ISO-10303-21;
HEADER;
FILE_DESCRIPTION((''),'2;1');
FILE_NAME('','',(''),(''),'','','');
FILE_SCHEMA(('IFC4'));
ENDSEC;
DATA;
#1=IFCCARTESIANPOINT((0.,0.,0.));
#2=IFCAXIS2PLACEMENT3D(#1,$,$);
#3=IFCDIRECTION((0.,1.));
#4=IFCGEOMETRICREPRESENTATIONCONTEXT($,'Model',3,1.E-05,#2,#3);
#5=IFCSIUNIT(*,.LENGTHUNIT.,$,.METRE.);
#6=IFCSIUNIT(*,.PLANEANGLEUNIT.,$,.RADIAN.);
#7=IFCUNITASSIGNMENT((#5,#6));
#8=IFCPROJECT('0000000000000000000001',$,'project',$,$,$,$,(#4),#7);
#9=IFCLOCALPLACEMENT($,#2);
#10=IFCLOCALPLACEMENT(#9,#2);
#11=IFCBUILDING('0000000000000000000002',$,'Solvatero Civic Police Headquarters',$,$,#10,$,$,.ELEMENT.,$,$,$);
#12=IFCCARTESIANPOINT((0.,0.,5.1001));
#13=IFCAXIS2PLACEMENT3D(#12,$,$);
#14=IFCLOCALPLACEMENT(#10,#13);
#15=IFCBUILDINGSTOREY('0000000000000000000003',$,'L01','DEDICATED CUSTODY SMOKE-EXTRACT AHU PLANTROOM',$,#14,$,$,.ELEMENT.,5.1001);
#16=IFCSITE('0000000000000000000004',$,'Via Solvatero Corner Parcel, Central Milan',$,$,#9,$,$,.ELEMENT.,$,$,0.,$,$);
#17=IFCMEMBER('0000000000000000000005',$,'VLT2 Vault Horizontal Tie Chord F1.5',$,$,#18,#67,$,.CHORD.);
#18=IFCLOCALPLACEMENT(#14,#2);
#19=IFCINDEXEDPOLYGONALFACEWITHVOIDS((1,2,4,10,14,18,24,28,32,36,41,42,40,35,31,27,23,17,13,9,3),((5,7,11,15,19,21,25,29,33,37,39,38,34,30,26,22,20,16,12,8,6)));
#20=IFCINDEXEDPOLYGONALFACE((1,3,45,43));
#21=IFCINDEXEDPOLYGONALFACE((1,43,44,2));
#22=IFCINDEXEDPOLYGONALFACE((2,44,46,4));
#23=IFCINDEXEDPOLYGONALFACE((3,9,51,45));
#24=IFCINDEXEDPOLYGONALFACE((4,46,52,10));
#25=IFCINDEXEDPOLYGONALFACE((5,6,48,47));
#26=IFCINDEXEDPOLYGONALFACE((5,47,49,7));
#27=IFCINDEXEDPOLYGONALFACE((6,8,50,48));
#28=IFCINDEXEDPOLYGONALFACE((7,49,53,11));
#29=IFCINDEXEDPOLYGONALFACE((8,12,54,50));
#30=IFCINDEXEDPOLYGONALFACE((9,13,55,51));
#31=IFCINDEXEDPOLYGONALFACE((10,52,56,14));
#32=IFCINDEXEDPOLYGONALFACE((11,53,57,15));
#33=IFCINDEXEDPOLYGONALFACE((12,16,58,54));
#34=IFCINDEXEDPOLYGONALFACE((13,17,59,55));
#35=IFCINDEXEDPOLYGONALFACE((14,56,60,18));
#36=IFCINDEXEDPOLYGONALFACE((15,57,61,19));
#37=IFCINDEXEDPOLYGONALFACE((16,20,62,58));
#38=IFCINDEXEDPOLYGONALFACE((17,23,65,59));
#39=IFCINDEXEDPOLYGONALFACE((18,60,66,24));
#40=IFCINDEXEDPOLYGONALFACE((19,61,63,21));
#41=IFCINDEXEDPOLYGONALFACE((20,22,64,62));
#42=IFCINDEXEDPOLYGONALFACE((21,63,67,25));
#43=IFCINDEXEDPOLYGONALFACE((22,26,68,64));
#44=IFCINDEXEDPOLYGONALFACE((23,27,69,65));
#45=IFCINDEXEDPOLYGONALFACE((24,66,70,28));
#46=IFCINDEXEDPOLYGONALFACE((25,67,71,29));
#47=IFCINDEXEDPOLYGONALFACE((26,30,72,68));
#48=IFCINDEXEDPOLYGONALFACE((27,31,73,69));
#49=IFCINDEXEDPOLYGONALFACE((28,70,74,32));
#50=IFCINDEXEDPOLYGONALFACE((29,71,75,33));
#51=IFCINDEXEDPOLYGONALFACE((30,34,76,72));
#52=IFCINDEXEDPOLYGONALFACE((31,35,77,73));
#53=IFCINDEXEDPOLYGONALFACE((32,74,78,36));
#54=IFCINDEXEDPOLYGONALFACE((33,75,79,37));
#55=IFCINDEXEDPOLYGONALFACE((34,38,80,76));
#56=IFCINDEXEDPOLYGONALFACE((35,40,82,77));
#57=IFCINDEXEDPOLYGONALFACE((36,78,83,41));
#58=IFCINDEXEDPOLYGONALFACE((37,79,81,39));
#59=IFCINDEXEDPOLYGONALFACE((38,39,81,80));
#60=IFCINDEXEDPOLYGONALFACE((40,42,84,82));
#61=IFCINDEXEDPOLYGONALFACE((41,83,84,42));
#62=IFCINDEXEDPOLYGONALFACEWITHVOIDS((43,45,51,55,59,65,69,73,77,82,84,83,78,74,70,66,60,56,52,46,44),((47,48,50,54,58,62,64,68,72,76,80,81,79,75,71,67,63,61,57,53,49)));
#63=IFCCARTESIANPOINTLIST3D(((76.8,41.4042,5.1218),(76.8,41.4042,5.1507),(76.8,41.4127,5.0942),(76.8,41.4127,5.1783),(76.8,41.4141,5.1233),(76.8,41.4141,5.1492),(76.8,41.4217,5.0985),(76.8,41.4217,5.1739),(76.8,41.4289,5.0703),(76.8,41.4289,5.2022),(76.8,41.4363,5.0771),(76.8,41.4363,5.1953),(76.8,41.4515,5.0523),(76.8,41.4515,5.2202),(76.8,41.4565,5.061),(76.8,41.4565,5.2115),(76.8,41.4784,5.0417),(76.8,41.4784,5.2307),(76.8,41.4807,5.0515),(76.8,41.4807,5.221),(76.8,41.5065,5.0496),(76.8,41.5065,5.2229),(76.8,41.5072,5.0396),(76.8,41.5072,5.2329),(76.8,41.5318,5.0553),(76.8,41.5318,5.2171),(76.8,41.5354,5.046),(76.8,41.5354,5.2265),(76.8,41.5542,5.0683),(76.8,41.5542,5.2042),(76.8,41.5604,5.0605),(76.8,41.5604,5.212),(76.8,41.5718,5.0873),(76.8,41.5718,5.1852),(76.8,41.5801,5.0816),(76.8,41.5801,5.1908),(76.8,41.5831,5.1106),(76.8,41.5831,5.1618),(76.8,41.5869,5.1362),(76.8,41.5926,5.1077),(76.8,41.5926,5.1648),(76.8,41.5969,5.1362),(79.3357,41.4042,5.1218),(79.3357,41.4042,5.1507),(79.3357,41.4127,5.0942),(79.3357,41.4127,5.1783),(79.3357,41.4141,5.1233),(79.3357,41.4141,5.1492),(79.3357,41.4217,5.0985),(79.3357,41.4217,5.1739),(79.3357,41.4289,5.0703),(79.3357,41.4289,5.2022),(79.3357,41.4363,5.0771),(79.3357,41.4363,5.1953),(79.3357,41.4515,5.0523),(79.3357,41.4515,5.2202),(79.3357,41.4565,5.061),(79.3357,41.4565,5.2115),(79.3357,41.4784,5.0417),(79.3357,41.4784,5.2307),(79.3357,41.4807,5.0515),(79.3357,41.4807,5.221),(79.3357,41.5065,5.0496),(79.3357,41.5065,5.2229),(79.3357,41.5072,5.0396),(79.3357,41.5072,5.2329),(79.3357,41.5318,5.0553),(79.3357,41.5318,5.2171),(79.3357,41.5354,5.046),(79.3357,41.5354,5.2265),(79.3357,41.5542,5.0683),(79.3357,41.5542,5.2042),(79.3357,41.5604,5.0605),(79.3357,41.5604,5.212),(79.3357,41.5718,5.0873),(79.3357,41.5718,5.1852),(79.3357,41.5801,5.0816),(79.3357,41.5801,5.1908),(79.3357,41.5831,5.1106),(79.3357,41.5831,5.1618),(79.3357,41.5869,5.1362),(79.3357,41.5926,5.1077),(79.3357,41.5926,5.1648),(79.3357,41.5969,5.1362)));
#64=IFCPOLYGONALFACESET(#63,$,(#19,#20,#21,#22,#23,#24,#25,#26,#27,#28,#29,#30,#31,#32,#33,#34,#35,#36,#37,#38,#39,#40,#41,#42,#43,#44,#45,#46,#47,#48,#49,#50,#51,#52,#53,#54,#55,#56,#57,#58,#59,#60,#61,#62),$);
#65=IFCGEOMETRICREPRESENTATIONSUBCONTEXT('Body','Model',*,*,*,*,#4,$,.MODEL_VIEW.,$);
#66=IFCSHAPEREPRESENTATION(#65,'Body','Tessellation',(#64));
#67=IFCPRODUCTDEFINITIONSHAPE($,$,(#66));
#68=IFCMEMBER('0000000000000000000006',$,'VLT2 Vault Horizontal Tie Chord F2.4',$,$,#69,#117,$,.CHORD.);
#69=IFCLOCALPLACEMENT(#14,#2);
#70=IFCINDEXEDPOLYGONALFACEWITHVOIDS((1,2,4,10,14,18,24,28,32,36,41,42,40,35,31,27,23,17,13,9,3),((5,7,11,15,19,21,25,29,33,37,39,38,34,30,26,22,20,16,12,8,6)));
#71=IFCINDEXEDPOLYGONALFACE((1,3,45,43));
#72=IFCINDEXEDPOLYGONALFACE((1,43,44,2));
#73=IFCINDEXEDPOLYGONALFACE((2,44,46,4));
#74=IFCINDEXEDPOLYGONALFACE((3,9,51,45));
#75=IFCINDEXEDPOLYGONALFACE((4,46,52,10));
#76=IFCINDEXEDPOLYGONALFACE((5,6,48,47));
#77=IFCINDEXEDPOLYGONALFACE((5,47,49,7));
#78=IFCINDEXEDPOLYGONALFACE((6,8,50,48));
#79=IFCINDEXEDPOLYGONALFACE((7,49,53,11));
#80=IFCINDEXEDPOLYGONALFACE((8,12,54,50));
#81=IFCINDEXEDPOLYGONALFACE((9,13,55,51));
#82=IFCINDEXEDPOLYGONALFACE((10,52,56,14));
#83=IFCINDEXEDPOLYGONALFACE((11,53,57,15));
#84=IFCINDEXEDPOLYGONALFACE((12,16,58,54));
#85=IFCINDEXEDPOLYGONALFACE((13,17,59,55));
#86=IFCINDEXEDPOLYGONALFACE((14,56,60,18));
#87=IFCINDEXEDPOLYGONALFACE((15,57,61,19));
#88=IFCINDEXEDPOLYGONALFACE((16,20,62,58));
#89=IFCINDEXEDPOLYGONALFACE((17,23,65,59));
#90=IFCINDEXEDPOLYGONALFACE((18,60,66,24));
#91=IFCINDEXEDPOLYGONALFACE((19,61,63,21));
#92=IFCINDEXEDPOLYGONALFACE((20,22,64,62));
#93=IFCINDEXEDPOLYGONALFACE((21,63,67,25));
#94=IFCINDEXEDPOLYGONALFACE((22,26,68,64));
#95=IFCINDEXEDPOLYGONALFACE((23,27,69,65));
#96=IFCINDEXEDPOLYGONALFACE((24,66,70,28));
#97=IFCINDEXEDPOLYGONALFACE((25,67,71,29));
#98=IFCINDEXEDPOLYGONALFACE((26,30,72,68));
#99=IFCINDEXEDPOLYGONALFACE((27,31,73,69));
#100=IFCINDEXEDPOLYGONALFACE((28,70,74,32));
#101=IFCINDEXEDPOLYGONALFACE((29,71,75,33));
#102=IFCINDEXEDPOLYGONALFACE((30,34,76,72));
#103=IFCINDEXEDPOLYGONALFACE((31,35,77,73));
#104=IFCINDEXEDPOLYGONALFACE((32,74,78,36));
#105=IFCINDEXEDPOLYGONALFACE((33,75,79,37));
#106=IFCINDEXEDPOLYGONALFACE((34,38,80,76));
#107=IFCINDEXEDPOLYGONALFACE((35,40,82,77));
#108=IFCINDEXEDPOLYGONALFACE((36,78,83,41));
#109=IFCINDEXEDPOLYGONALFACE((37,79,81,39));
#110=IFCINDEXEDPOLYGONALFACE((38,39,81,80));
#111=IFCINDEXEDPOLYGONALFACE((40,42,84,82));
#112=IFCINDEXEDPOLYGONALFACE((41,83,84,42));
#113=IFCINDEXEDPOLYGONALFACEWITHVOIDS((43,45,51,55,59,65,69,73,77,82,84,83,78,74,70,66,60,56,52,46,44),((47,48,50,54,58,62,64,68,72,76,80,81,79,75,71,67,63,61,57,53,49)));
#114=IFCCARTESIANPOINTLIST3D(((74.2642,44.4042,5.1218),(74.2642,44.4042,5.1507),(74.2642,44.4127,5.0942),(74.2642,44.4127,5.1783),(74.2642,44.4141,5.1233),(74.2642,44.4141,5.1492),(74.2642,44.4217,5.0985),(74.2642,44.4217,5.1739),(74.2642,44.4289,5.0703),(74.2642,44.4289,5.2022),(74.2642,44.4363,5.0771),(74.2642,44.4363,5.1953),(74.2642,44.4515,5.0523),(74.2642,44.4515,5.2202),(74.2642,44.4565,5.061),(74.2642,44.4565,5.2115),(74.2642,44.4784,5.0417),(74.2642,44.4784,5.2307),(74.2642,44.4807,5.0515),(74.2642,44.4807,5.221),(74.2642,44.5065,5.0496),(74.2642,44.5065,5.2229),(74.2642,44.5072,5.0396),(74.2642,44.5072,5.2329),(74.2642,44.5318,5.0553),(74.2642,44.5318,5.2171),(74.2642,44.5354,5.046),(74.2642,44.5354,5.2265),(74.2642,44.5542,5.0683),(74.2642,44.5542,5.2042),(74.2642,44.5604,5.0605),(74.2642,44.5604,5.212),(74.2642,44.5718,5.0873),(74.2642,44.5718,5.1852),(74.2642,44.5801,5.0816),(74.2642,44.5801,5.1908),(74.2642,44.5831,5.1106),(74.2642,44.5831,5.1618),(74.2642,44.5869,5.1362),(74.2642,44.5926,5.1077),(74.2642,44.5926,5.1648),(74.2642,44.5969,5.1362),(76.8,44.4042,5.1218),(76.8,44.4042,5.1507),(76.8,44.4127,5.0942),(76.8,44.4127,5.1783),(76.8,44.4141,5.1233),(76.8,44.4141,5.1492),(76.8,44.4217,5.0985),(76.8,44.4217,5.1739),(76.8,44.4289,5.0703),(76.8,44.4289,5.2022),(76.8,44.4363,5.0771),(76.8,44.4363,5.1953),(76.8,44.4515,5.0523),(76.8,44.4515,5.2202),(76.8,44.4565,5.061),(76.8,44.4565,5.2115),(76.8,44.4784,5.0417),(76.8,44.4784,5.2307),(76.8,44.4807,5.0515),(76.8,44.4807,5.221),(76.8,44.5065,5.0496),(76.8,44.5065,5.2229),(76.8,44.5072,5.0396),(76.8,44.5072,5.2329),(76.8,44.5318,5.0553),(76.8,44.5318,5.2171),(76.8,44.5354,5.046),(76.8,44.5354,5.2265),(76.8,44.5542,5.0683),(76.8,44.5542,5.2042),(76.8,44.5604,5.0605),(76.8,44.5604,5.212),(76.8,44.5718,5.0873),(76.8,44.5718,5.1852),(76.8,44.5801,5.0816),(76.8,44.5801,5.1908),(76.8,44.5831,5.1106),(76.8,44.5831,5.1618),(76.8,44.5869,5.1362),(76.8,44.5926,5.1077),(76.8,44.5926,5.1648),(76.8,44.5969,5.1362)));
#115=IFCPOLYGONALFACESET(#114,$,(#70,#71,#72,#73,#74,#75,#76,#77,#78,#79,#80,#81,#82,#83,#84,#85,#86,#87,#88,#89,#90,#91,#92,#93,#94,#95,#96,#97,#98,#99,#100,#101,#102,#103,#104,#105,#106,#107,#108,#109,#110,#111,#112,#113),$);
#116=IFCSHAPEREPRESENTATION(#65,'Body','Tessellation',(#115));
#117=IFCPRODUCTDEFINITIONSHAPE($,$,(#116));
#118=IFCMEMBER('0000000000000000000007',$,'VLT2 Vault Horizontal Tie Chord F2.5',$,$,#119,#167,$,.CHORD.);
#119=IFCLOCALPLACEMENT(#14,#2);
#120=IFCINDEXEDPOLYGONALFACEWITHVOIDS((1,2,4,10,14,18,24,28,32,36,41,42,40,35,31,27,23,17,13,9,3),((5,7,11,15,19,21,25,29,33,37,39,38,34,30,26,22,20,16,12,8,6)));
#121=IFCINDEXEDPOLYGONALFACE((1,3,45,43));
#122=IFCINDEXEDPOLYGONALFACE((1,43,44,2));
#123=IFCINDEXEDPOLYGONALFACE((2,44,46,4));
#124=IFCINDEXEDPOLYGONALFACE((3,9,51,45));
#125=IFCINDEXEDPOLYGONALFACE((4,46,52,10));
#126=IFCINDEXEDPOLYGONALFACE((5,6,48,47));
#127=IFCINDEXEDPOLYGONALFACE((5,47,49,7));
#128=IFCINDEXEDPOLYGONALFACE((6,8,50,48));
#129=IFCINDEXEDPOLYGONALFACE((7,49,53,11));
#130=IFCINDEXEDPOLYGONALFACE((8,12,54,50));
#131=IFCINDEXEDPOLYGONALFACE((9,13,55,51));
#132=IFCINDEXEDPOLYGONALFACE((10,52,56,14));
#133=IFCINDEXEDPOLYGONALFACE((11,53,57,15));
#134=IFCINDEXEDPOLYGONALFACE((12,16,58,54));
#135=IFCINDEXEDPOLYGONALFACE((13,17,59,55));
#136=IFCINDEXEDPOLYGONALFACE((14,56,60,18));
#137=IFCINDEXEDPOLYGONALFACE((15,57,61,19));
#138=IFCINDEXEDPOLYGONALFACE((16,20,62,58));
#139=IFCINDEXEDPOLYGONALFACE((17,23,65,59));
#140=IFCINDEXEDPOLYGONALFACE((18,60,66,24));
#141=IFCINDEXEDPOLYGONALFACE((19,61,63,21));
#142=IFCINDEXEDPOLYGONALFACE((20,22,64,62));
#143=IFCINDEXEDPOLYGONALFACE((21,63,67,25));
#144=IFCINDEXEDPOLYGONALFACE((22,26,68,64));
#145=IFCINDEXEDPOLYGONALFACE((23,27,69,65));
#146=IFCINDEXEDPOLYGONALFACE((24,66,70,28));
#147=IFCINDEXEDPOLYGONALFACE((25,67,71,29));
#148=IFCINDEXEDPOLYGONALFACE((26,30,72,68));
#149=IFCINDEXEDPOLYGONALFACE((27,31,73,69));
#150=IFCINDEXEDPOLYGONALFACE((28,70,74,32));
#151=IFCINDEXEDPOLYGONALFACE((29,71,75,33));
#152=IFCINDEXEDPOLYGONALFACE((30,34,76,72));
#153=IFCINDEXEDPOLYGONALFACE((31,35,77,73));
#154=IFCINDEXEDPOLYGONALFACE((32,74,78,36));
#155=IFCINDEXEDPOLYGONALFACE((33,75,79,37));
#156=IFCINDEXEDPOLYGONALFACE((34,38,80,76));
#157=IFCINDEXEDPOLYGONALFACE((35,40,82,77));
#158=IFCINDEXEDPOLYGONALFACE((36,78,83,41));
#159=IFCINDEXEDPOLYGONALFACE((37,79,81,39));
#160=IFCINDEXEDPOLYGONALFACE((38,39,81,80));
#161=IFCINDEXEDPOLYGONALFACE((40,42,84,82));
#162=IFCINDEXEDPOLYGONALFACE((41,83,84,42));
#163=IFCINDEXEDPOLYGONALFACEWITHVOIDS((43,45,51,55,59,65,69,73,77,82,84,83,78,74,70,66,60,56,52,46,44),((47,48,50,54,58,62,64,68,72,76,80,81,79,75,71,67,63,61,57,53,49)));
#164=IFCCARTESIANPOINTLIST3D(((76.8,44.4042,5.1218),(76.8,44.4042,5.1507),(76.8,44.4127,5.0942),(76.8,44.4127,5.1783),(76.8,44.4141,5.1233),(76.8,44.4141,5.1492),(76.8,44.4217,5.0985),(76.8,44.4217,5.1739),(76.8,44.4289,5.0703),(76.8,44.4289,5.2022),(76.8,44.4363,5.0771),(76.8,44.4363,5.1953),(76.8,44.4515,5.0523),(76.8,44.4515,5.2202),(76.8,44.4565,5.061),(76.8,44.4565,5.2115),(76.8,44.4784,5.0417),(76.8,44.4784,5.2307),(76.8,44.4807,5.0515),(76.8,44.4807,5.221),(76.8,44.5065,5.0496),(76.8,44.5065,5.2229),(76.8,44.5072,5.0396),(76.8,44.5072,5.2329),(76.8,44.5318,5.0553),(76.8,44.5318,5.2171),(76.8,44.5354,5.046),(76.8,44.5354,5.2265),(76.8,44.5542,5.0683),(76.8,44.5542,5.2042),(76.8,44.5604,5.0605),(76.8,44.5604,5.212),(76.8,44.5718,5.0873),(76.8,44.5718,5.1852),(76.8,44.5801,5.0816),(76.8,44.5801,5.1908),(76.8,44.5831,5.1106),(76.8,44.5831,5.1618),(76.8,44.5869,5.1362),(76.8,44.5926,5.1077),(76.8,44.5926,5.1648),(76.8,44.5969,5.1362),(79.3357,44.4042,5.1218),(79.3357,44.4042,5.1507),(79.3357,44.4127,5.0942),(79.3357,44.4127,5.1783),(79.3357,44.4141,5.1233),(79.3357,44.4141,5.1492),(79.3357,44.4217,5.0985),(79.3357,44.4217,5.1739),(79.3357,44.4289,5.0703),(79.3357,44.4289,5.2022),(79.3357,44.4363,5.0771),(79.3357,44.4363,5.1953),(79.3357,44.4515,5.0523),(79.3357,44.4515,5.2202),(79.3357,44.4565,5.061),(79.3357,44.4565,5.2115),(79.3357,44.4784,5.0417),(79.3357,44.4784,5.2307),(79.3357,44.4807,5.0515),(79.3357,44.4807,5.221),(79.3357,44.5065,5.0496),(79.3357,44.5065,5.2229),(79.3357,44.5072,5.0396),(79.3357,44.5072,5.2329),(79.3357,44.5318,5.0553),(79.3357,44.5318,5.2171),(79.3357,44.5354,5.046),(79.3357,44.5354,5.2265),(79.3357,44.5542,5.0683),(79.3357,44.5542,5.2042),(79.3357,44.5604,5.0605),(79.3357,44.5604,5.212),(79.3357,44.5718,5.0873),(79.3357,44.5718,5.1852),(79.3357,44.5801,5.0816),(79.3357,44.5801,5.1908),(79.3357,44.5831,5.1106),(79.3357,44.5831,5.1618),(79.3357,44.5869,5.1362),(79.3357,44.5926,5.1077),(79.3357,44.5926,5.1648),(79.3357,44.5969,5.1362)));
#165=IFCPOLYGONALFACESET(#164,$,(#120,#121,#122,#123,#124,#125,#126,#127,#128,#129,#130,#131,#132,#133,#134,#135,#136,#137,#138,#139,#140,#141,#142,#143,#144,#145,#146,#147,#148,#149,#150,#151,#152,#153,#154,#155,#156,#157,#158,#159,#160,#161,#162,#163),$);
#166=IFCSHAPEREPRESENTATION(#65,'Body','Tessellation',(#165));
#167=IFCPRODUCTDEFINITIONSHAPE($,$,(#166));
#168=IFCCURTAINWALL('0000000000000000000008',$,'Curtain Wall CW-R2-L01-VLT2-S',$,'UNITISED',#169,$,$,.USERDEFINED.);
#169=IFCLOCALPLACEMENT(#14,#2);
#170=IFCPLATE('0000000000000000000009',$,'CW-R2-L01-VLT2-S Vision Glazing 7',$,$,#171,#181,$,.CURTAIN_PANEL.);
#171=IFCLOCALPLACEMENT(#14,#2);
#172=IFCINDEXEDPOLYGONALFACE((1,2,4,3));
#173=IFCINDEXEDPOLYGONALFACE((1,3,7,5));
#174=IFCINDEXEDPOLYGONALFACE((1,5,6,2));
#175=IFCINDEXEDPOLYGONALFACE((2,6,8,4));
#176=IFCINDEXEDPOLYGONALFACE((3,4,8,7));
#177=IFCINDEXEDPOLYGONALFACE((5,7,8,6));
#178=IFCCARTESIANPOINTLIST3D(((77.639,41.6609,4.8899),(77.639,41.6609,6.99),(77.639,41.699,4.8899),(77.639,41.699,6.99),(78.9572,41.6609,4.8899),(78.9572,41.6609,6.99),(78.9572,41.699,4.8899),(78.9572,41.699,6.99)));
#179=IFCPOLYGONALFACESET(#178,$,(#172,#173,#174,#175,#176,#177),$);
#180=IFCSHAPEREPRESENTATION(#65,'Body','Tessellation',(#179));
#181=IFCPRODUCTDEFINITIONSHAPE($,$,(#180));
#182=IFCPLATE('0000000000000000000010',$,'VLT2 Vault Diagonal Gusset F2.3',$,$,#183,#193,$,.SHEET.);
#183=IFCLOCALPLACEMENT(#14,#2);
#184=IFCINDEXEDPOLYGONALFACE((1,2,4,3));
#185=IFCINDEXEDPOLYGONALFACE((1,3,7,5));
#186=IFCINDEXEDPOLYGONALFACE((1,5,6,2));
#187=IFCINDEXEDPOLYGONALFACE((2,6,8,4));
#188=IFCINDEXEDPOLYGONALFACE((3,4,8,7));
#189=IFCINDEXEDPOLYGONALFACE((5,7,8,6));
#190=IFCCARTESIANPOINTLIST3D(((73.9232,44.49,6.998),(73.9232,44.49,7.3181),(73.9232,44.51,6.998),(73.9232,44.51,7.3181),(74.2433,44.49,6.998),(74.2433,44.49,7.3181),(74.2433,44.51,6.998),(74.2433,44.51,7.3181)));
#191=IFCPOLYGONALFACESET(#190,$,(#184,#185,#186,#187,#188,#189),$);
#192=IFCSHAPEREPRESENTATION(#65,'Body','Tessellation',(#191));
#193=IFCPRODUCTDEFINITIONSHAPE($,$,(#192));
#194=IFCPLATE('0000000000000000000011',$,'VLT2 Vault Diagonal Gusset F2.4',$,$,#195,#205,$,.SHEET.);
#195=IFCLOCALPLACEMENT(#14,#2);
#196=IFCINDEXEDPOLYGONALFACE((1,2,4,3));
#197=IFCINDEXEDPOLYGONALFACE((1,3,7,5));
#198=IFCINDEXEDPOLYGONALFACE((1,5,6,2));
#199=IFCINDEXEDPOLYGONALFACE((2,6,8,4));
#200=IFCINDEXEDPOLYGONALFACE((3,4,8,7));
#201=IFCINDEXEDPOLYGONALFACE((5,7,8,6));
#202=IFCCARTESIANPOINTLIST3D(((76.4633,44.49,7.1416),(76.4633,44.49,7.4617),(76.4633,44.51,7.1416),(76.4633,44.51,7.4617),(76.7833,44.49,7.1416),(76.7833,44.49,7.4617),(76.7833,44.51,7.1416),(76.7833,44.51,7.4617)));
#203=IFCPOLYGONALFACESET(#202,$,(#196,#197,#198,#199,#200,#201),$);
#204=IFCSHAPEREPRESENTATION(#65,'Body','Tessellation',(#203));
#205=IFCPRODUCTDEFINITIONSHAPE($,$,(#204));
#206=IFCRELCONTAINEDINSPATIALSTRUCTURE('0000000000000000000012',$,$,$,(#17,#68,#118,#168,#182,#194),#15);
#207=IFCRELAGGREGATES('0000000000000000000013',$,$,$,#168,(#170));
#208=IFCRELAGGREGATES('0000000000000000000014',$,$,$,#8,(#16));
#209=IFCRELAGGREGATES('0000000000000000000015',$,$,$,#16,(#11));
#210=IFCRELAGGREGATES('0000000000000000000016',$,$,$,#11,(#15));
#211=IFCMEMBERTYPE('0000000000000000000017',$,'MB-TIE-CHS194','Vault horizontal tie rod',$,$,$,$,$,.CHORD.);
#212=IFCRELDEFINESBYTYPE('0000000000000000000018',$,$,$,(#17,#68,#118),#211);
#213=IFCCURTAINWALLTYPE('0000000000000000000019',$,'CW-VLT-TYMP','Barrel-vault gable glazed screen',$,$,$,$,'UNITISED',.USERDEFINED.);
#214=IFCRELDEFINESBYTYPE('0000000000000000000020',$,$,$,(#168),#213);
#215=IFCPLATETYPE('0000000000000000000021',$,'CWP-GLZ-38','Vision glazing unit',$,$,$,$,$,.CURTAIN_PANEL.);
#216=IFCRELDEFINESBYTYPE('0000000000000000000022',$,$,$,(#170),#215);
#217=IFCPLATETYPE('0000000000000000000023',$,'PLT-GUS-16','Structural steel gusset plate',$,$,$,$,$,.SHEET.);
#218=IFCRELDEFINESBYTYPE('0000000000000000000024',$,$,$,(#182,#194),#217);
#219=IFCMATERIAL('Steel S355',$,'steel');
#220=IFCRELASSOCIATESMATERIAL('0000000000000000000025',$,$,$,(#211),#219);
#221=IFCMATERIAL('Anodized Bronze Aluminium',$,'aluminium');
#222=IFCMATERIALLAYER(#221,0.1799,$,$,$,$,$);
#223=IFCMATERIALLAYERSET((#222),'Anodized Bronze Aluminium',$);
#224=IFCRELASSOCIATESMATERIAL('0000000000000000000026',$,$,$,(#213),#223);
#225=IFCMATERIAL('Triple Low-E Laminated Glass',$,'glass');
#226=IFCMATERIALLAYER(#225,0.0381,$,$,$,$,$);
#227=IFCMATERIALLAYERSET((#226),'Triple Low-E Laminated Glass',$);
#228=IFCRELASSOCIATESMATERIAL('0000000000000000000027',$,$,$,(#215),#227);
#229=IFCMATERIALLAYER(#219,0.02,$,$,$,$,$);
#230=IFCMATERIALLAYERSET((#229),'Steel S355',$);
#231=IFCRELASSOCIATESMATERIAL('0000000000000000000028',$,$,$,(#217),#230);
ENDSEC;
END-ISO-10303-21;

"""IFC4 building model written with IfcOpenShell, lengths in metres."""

from ifc_helpers import new_model, si_unit, direction, frame, origin, origin_2d, place, context, subcontext, project, spatial, rectangle, hollow_circle, extrude, material, layer, layer_set, material_profile, profile_set, type_object, element, aggregate, save


model = new_model("IFC4")

# Units and contexts
model_context = context("Model", 3, precision=1e-05, world=origin(), true_north=direction((0.0, 1.0)))
body_context = subcontext(model_context, "Body", "Model", "MODEL_VIEW")
ifc_project = project(units=[si_unit("LENGTHUNIT", "METRE"), si_unit("PLANEANGLEUNIT", "RADIAN")], contexts=[model_context])

# Site, building, storey
site_placement = place(None, origin())
site = spatial("IfcSite", under=ifc_project, at=site_placement, Name="Via Solvatero Corner Parcel, Central Milan", CompositionType="ELEMENT", RefElevation=0.0)
building_placement = place(site_placement, origin())
building = spatial("IfcBuilding", under=site, at=building_placement, Name="Solvatero Civic Police Headquarters", CompositionType="ELEMENT")
storey_placement = place(building_placement, frame((0.0, 0.0, 5.1001)))
storey = spatial("IfcBuildingStorey", under=building, at=storey_placement, Name="L01", Description="DEDICATED CUSTODY SMOKE-EXTRACT AHU PLANTROOM", CompositionType="ELEMENT", Elevation=5.1001)

# Shared definitions
ifc_material_1 = material(Name="Steel S355", Category="steel")

# Members
ifc_material_profile_1 = material_profile(ifc_material_1, hollow_circle(Radius=0.0969, WallThickness=0.01, at=origin_2d()), Name="CHS 193.7x10.0")
ifc_profile_set_1 = profile_set([ifc_material_profile_1], Name="Steel S355")
member_type_1 = type_object("IfcMemberType", Name="MB-TIE-CHS194", Description="Vault horizontal tie rod", PredefinedType="CHORD", material=ifc_profile_set_1)
member_1_placement = place(storey_placement, frame((76.8, 41.5, 5.1362), z_axis=(1.0, 0.0, 0.0), x_axis=(0.0, 1.0, 0.0)))
element("IfcMember", 1, at=member_1_placement, inside=storey, type_object=member_type_1, Name="VLT2 Vault Horizontal Tie Chord F1.5", PredefinedType="CHORD", context=body_context, shape_type="SweptSolid", body=[
    extrude(hollow_circle(Radius=0.0969, WallThickness=0.01, at=origin_2d()), origin(), (0.0, 0.0, 1.0), 2.5356),
])
member_2_placement = place(storey_placement, frame((74.2642, 44.5, 5.1362), z_axis=(1.0, 0.0, 0.0), x_axis=(0.0, 1.0, 0.0)))
element("IfcMember", 2, at=member_2_placement, inside=storey, type_object=member_type_1, Name="VLT2 Vault Horizontal Tie Chord F2.4", PredefinedType="CHORD", context=body_context, shape_type="SweptSolid", body=[
    extrude(hollow_circle(Radius=0.0969, WallThickness=0.01, at=origin_2d()), origin(), (0.0, 0.0, 1.0), 2.5359),
])
member_3_placement = place(storey_placement, frame((76.8, 44.5, 5.1362), z_axis=(1.0, 0.0, 0.0), x_axis=(0.0, 1.0, 0.0)))
element("IfcMember", 3, at=member_3_placement, inside=storey, type_object=member_type_1, Name="VLT2 Vault Horizontal Tie Chord F2.5", PredefinedType="CHORD", context=body_context, shape_type="SweptSolid", body=[
    extrude(hollow_circle(Radius=0.0969, WallThickness=0.01, at=origin_2d()), origin(), (0.0, 0.0, 1.0), 2.5356),
])

# Curtain wall, plate
ifc_material_2 = material(Name="Anodized Bronze Aluminium", Category="aluminium")
ifc_layer_1 = layer(ifc_material_2, 0.1799)
ifc_layer_set_1 = layer_set([ifc_layer_1], Name="Anodized Bronze Aluminium")
curtain_wall_type = type_object("IfcCurtainWallType", Name="CW-VLT-TYMP", Description="Barrel-vault gable glazed screen", ElementType="UNITISED", PredefinedType="USERDEFINED", material=ifc_layer_set_1)
curtain_wall_placement = place(storey_placement, origin())
curtain_wall = element("IfcCurtainWall", 4, at=curtain_wall_placement, inside=storey, type_object=curtain_wall_type, Name="Curtain Wall CW-R2-L01-VLT2-S", ObjectType="UNITISED", PredefinedType="USERDEFINED")
ifc_material_3 = material(Name="Triple Low-E Laminated Glass", Category="glass")
ifc_layer_2 = layer(ifc_material_3, 0.0381)
ifc_layer_set_2 = layer_set([ifc_layer_2], Name="Triple Low-E Laminated Glass")
plate_type_1 = type_object("IfcPlateType", Name="CWP-GLZ-38", Description="Vision glazing unit", PredefinedType="CURTAIN_PANEL", material=ifc_layer_set_2)
plate_1_placement = place(storey_placement, frame((78.2981, 41.6799, 4.8899), z_axis=(0.0, 0.0, 1.0), x_axis=(1.0, 0.0, 0.0)))
plate_1 = element("IfcPlate", 5, at=plate_1_placement, type_object=plate_type_1, Name="CW-R2-L01-VLT2-S Vision Glazing 7", PredefinedType="CURTAIN_PANEL", context=body_context, shape_type="SweptSolid", body=[
    extrude(rectangle(XDim=1.3181, YDim=0.0381, at=origin_2d()), origin(), (0.0, 0.0, 1.0), 2.1001),
])
aggregate(curtain_wall, [plate_1])

# Plates
ifc_layer_3 = layer(ifc_material_1, 0.02)
ifc_layer_set_3 = layer_set([ifc_layer_3], Name="Steel S355")
plate_type_2 = type_object("IfcPlateType", Name="PLT-GUS-16", Description="Structural steel gusset plate", PredefinedType="SHEET", material=ifc_layer_set_3)
for number, where, z_axis, x_axis, name in (
    (6, (74.0833, 44.5, 6.998), (0.0, 0.0, 1.0), (1.0, 0.0, 0.0), "VLT2 Vault Diagonal Gusset F2.3"),
    (7, (76.6233, 44.5, 7.1416), (0.0, 0.0, 1.0), (1.0, 0.0, 0.0), "VLT2 Vault Diagonal Gusset F2.4"),
):
    element("IfcPlate", number, at=place(storey_placement, frame(where, z_axis=z_axis, x_axis=x_axis)), inside=storey, type_object=plate_type_2, Name=name, PredefinedType="SHEET", context=body_context, shape_type="SweptSolid", body=[
        extrude(rectangle(XDim=0.3201, YDim=0.02, at=origin_2d()), origin(), (0.0, 0.0, 1.0), 0.3201),
    ])

save(model, "model.ifc")
